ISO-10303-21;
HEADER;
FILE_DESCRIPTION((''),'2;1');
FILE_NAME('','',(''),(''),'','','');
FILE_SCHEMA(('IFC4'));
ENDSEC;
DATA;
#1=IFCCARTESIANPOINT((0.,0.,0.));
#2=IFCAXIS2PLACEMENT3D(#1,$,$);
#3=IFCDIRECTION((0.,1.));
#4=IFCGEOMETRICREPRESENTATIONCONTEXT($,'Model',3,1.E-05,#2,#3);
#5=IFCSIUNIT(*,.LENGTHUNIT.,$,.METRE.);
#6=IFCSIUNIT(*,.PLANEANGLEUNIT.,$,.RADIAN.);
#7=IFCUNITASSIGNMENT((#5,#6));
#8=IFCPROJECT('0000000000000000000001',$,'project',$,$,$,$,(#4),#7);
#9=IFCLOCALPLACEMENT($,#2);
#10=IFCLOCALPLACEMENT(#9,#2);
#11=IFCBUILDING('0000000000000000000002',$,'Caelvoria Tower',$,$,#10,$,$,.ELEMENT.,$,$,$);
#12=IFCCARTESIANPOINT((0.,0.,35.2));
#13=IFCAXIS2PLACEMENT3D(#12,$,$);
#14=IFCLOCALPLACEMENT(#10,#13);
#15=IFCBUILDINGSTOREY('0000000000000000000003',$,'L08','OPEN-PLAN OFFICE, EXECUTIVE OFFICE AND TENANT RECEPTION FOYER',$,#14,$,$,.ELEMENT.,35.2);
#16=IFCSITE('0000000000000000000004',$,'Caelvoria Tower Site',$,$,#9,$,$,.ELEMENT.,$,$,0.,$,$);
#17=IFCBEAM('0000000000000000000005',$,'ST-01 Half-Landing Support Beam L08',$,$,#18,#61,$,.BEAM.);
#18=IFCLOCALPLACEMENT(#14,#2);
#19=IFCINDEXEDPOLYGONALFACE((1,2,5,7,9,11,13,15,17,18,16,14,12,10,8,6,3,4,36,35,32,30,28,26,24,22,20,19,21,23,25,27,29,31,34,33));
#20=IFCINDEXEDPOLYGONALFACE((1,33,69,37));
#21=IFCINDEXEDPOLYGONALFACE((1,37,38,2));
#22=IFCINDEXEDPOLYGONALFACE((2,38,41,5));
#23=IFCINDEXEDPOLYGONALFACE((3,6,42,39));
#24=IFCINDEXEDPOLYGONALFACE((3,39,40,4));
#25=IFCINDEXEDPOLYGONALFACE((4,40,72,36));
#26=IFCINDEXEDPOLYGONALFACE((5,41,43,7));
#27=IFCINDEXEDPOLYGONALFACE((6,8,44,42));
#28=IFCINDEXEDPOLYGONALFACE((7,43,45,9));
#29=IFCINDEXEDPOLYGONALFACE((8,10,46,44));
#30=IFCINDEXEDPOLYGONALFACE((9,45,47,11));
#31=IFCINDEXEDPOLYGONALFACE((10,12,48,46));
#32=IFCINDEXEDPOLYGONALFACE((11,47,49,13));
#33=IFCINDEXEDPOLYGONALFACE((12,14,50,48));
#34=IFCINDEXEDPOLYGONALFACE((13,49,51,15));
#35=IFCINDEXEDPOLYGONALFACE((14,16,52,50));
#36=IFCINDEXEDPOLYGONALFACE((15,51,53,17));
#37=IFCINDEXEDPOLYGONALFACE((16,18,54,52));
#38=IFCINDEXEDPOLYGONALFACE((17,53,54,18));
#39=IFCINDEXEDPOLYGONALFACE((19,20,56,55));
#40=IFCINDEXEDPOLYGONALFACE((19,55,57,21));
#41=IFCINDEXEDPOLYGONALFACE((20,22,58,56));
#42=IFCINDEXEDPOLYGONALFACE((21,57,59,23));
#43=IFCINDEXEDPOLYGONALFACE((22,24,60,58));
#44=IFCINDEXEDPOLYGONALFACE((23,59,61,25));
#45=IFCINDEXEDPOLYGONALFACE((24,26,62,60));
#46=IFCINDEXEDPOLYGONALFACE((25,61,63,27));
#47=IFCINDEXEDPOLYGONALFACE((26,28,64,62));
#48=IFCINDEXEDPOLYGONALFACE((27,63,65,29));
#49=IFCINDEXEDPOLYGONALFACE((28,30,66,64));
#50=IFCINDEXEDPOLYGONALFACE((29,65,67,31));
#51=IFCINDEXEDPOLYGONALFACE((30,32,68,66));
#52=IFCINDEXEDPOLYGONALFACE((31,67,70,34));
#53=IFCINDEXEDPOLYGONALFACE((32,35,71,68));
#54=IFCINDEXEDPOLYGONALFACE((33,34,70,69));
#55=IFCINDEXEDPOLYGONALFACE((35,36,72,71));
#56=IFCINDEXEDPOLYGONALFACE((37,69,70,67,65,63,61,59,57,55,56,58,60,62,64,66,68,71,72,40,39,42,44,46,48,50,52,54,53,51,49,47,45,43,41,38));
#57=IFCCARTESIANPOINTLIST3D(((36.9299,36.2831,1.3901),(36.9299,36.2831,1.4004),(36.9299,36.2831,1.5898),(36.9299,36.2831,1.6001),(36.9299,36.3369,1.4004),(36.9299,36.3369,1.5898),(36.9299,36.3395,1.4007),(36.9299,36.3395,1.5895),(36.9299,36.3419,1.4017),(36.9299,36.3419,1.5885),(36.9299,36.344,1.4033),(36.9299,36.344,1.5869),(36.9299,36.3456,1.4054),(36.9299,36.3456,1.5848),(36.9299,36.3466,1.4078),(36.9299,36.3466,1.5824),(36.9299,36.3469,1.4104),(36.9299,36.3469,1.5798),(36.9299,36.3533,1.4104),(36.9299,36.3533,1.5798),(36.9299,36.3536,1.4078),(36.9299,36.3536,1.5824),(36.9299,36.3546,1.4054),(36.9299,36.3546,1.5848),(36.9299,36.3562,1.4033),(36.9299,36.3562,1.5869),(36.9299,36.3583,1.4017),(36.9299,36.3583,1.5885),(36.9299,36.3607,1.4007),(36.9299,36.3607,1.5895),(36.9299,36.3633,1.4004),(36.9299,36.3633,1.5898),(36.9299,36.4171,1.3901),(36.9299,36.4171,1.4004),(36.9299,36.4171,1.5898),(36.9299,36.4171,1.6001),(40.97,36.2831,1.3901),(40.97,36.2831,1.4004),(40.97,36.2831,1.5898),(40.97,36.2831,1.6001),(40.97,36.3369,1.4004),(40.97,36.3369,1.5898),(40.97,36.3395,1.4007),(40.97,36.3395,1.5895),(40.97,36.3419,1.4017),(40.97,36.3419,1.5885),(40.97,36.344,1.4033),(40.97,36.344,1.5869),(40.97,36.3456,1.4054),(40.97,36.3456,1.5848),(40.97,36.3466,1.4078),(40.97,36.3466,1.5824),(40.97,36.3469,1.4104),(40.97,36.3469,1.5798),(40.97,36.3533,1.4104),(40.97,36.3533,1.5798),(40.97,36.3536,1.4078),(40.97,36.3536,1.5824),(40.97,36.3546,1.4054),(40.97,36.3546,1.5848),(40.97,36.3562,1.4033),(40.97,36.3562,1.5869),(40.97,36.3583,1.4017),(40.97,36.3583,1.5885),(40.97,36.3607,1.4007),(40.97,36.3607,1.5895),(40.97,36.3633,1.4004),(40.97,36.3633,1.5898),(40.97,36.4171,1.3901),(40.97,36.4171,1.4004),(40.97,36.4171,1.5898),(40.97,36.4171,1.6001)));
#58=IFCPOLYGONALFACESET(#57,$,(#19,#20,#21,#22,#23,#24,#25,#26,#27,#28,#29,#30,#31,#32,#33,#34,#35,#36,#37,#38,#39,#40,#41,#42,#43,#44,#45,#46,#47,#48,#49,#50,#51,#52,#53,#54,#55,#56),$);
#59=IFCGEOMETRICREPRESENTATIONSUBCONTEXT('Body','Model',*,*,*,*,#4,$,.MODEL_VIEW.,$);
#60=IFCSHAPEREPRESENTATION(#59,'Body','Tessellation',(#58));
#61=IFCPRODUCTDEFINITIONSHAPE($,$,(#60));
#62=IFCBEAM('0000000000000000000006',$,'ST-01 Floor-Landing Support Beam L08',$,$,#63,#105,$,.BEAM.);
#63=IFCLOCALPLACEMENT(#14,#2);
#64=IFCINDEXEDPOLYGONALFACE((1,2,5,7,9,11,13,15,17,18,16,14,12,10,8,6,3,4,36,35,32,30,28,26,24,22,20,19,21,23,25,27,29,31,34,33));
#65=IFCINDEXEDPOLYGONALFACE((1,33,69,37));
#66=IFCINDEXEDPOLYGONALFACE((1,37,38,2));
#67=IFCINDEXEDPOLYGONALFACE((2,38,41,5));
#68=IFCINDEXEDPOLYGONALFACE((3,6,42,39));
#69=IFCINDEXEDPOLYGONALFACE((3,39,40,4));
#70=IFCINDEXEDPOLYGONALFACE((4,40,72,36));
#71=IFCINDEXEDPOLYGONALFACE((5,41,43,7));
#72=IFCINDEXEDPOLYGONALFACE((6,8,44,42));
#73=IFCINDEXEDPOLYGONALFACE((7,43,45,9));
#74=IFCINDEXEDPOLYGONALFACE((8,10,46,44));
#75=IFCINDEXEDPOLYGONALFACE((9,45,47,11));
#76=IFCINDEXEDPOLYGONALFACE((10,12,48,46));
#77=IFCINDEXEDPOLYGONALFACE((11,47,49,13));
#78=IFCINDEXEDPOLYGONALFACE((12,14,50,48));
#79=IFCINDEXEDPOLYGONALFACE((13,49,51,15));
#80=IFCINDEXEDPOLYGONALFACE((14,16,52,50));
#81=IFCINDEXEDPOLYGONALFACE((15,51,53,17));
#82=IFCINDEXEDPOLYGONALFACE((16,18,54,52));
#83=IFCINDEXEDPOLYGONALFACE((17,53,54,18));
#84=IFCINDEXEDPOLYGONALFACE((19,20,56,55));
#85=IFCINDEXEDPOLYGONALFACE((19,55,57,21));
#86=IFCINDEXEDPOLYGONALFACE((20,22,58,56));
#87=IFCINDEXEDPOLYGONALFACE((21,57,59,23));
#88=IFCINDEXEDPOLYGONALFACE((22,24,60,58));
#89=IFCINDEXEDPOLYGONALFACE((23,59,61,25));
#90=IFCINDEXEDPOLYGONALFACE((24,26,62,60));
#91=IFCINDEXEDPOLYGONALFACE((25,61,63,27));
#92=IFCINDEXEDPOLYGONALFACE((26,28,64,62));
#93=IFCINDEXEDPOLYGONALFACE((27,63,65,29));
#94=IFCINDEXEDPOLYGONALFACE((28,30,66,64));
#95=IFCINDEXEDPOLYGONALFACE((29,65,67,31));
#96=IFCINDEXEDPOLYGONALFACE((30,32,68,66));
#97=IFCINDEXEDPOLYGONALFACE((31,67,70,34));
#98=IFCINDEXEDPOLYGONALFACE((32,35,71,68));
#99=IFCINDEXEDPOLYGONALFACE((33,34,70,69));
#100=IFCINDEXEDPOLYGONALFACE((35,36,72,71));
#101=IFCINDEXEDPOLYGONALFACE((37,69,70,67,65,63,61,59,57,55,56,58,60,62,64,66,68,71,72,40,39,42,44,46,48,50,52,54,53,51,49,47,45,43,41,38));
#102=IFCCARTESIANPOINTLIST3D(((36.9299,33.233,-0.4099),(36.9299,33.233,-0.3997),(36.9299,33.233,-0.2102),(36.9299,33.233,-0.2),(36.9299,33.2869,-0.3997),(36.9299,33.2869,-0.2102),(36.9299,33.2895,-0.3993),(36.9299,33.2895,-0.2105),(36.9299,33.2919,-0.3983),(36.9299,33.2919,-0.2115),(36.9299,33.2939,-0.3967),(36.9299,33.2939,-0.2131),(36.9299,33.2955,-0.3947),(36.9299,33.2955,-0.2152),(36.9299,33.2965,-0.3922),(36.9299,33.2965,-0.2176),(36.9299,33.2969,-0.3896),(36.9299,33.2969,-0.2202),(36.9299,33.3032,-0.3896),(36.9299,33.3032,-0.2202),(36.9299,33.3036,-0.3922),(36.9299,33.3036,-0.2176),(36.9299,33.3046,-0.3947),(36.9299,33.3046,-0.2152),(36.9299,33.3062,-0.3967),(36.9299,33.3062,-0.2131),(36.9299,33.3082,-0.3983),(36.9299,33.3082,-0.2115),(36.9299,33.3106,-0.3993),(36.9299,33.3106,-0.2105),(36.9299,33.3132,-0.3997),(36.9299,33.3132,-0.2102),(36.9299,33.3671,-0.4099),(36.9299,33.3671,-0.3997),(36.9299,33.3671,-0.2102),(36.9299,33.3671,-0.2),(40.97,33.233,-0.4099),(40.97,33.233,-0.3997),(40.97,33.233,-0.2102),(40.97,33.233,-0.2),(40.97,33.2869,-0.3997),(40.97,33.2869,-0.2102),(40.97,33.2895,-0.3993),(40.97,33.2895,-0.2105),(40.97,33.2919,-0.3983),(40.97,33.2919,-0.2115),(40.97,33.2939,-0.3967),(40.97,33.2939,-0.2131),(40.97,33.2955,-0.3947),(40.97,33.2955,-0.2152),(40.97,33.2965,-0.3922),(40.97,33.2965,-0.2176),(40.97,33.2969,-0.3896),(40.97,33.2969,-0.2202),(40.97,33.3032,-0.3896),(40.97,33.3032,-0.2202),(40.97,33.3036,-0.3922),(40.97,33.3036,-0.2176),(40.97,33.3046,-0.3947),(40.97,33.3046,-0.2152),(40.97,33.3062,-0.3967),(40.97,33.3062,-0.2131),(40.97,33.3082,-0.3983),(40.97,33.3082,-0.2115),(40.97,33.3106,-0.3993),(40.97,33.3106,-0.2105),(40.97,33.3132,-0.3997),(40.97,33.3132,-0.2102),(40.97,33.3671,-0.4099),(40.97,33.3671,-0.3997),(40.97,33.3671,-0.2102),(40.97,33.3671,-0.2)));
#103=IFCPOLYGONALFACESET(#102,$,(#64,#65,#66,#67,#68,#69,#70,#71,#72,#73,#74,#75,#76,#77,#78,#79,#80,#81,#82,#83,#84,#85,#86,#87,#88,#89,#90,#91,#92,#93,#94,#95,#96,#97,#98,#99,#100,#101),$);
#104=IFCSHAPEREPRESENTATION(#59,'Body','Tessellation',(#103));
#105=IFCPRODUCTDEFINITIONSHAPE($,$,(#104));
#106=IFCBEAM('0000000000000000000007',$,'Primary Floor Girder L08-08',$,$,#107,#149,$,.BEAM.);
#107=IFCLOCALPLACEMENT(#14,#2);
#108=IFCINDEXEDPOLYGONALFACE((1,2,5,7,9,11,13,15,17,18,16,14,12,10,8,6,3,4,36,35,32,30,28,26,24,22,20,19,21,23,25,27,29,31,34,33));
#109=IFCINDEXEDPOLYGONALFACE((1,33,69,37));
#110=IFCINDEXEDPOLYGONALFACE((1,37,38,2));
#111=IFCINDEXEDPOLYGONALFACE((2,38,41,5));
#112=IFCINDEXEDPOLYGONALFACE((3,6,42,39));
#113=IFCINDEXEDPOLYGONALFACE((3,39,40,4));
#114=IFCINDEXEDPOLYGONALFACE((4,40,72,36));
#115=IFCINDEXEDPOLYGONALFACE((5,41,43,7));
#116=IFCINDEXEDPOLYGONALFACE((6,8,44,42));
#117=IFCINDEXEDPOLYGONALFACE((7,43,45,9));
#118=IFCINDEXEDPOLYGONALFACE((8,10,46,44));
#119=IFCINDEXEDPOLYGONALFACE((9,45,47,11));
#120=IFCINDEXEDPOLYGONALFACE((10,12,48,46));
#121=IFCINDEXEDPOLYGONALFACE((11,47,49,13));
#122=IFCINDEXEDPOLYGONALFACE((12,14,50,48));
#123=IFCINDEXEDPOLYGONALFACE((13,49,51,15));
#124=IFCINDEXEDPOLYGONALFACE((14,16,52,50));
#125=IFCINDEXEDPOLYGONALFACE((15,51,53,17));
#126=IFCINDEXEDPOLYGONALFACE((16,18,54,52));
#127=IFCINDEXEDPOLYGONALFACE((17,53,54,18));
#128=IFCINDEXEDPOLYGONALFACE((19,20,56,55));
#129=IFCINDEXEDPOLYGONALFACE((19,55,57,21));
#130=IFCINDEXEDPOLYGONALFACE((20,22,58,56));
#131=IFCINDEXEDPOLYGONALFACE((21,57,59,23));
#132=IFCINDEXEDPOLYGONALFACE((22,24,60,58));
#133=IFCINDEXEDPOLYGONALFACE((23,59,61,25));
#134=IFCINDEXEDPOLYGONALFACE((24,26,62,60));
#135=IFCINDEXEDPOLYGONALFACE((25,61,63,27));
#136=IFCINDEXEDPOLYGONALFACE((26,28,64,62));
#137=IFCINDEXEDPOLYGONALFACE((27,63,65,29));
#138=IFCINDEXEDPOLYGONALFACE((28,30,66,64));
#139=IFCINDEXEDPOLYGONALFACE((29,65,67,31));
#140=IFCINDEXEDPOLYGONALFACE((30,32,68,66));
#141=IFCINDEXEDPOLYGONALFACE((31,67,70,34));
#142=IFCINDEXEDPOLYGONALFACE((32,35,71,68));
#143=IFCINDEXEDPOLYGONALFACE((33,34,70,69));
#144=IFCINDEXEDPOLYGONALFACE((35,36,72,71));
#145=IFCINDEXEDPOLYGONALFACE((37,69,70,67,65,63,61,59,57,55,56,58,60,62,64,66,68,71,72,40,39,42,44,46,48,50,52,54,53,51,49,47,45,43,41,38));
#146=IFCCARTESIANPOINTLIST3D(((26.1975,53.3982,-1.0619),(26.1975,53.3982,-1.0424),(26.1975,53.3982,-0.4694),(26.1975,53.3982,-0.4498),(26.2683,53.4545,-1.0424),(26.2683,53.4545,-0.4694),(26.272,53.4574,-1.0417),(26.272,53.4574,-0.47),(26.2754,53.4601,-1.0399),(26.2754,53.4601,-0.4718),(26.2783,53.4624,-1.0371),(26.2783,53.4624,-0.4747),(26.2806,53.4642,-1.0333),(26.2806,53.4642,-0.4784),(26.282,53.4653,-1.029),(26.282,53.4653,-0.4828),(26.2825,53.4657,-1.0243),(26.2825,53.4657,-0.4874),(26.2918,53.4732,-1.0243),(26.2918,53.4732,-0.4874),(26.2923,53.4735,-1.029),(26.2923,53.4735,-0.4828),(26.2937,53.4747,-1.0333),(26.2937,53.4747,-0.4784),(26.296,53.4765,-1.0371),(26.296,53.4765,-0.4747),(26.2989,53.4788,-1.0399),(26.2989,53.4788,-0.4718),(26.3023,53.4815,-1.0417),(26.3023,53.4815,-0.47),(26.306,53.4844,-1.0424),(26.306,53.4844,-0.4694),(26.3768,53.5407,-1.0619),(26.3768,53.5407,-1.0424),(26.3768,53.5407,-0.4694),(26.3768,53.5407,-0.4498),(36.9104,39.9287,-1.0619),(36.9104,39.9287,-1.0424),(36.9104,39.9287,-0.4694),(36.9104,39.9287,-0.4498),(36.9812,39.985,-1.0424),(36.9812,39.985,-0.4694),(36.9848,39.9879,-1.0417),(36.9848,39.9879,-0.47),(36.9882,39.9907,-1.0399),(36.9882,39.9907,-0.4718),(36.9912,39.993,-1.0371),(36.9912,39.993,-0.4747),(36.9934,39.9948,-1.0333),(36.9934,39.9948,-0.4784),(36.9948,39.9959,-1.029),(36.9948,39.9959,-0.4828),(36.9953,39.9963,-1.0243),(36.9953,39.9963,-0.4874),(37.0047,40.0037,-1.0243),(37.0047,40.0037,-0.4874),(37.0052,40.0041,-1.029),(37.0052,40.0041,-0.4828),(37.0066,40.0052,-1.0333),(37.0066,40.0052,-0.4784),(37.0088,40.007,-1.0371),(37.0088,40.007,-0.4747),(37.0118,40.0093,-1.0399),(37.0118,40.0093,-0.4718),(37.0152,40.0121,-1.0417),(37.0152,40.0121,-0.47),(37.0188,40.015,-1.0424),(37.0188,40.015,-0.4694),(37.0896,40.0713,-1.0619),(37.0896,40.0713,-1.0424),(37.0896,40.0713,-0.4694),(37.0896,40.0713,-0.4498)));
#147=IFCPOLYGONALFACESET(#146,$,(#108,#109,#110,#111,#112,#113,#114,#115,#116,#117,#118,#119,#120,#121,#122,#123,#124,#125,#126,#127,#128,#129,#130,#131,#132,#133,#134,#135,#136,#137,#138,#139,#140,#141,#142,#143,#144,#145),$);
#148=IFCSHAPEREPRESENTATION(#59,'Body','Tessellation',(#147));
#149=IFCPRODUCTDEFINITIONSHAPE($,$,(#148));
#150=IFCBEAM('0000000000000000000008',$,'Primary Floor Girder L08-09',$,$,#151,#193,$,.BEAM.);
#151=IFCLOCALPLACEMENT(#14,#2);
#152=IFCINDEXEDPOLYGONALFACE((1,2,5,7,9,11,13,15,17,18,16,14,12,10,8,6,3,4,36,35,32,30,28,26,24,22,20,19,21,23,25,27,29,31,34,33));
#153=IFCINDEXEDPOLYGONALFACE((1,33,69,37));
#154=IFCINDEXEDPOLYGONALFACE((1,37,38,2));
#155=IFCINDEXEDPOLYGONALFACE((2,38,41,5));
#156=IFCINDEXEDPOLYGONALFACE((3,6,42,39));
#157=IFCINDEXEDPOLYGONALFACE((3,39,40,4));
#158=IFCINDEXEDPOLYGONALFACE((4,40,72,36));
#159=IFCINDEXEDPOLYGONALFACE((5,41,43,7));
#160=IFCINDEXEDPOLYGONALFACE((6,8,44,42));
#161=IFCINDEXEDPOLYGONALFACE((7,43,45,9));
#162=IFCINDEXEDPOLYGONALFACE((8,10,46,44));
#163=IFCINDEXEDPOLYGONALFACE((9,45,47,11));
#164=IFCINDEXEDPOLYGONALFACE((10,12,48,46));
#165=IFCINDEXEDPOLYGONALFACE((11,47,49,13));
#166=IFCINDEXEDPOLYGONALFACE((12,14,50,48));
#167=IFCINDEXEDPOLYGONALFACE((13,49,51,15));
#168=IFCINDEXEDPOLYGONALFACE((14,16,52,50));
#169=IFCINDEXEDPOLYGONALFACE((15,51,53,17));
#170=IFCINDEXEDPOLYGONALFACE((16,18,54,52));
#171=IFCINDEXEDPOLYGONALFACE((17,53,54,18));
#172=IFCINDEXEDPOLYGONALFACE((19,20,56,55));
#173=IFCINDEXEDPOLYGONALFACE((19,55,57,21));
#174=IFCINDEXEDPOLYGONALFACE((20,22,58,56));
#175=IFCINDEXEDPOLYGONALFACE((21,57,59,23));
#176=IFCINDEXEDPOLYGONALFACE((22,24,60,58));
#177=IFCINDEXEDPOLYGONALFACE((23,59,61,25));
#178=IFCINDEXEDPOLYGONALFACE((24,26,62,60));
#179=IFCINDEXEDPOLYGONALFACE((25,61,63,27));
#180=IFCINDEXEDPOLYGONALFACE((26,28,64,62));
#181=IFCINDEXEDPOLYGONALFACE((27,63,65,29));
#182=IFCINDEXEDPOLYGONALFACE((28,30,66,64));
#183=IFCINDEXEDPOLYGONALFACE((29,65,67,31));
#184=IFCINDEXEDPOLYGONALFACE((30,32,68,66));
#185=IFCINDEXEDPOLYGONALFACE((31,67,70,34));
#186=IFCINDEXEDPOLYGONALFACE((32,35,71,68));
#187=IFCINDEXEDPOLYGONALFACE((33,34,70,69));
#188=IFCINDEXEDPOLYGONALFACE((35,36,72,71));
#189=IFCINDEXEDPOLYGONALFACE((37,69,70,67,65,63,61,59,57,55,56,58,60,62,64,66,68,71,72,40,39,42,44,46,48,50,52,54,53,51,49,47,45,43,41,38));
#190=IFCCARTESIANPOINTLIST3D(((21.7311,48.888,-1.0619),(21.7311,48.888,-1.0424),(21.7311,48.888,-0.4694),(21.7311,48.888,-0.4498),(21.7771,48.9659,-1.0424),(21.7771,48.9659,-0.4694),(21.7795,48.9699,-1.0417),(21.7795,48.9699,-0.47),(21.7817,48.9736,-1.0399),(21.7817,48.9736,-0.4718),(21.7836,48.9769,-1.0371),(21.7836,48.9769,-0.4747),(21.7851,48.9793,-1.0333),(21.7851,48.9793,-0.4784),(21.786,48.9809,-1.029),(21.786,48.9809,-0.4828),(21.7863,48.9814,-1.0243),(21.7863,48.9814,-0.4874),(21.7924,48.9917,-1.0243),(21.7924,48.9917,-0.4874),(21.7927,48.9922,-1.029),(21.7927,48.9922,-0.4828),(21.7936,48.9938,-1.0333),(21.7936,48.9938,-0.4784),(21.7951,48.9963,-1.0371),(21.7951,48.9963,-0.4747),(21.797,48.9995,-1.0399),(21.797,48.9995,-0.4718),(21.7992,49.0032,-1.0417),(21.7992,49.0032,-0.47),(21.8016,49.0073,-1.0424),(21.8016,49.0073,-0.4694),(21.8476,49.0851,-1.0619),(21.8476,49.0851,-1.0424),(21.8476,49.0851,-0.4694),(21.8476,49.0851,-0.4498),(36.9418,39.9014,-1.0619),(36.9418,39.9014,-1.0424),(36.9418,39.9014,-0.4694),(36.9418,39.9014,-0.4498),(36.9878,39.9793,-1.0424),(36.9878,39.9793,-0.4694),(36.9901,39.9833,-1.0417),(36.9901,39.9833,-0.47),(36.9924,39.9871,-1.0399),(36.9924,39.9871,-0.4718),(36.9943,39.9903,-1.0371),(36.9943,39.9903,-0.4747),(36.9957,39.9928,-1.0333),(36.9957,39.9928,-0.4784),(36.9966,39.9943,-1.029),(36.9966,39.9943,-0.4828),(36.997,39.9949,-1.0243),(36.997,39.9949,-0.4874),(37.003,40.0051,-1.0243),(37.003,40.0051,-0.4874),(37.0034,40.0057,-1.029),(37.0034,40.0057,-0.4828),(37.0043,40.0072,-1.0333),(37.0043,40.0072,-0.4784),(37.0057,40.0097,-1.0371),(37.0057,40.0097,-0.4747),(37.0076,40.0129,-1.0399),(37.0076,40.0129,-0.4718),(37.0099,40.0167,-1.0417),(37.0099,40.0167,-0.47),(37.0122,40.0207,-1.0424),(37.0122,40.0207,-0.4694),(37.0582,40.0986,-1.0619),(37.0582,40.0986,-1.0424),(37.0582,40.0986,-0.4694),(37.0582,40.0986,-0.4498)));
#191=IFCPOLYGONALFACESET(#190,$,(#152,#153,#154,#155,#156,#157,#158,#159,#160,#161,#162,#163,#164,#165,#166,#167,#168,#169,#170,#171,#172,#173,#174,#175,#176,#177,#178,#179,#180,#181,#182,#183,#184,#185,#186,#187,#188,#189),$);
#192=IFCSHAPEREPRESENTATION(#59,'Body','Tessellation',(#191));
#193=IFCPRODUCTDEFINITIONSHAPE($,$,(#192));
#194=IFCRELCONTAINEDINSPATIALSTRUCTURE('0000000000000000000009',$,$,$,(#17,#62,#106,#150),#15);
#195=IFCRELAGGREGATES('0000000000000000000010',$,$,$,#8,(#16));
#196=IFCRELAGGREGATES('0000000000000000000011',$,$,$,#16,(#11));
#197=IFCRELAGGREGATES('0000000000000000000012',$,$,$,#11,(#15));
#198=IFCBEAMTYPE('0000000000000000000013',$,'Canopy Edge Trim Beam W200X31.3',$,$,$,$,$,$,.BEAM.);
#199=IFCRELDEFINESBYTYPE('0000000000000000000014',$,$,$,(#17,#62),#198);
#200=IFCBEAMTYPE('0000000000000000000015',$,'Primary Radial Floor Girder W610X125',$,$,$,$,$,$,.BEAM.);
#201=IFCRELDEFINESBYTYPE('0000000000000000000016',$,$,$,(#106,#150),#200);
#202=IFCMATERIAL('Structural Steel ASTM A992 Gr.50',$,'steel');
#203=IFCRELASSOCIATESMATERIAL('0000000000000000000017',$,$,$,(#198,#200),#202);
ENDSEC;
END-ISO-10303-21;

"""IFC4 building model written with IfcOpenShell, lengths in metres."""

from ifc_helpers import new_model, si_unit, direction, frame, origin, origin_2d, place, context, subcontext, project, spatial, i_section, extrude, material, material_profile, profile_set, type_object, element, save


model = new_model("IFC4")

# Units and contexts
model_context = context("Model", 3, precision=1e-05, world=origin(), true_north=direction((0.0, 1.0)))
body_context = subcontext(model_context, "Body", "Model", "MODEL_VIEW")
ifc_project = project(units=[si_unit("LENGTHUNIT", "METRE"), si_unit("PLANEANGLEUNIT", "RADIAN")], contexts=[model_context])

# Site, building, storey
site_placement = place(None, origin())
site = spatial("IfcSite", under=ifc_project, at=site_placement, Name="Caelvoria Tower Site", CompositionType="ELEMENT", RefElevation=0.0)
building_placement = place(site_placement, origin())
building = spatial("IfcBuilding", under=site, at=building_placement, Name="Caelvoria Tower", CompositionType="ELEMENT")
storey_placement = place(building_placement, frame((0.0, 0.0, 35.2)))
storey = spatial("IfcBuildingStorey", under=building, at=storey_placement, Name="L08", Description="OPEN-PLAN OFFICE, EXECUTIVE OFFICE AND TENANT RECEPTION FOYER", CompositionType="ELEMENT", Elevation=35.2)

# Beams
ifc_material_1 = material(Name="Structural Steel ASTM A992 Gr.50", Category="steel")
ifc_material_profile_1 = material_profile(ifc_material_1, i_section(OverallWidth=0.134, OverallDepth=0.21, WebThickness=0.0063, FlangeThickness=0.0103, FilletRadius=0.01, at=origin_2d()), Name="Structural Steel ASTM A992 Gr.50")
ifc_profile_set_1 = profile_set([ifc_material_profile_1], Name="W200X31.3 - Structural Steel ASTM A992 Gr.50")
beam_type_1 = type_object("IfcBeamType", Name="Canopy Edge Trim Beam W200X31.3", PredefinedType="BEAM", material=ifc_profile_set_1)
for number, where, z_axis, x_axis, name in (
    (1, (36.9299, 36.3501, 1.4951), (1.0, 0.0, 0.0), (0.0, 1.0, 0.0), "ST-01 Half-Landing Support Beam L08"),
    (2, (36.9299, 33.3, -0.3049), (1.0, 0.0, 0.0), (0.0, 1.0, 0.0), "ST-01 Floor-Landing Support Beam L08"),
):
    element("IfcBeam", number, at=place(storey_placement, frame(where, z_axis=z_axis, x_axis=x_axis)), inside=storey, type_object=beam_type_1, Name=name, PredefinedType="BEAM", context=body_context, shape_type="SweptSolid", body=[
        extrude(i_section(OverallWidth=0.134, OverallDepth=0.21, WebThickness=0.0063, FlangeThickness=0.0103, FilletRadius=0.01, at=origin_2d()), origin(), (0.0, 0.0, 1.0), 4.04),
    ])
ifc_material_profile_2 = material_profile(ifc_material_1, i_section(OverallWidth=0.229, OverallDepth=0.6121, WebThickness=0.012, FlangeThickness=0.0195, FilletRadius=0.0181, at=origin_2d()), Name="Structural Steel ASTM A992 Gr.50")
ifc_profile_set_2 = profile_set([ifc_material_profile_2], Name="W610X125 - Structural Steel ASTM A992 Gr.50")
beam_type_2 = type_object("IfcBeamType", Name="Primary Radial Floor Girder W610X125", PredefinedType="BEAM", material=ifc_profile_set_2)
beam_1_placement = place(storey_placement, frame((37.0, 40.0, -0.7559), z_axis=(-0.622471, 0.782643, 0.0), x_axis=(-0.782643, -0.622471, 0.0)))
element("IfcBeam", 3, at=beam_1_placement, inside=storey, type_object=beam_type_2, Name="Primary Floor Girder L08-08", PredefinedType="BEAM", context=body_context, shape_type="SweptSolid", body=[
    extrude(i_section(OverallWidth=0.229, OverallDepth=0.6121, WebThickness=0.012, FlangeThickness=0.0195, FilletRadius=0.0181, at=origin_2d()), origin(), (0.0, 0.0, 1.0), 17.2102),
])
beam_2_placement = place(storey_placement, frame((37.0, 40.0, -0.7559), z_axis=(-0.860965, 0.508664, 0.0), x_axis=(-0.508664, -0.860965, 0.0)))
element("IfcBeam", 4, at=beam_2_placement, inside=storey, type_object=beam_type_2, Name="Primary Floor Girder L08-09", PredefinedType="BEAM", context=body_context, shape_type="SweptSolid", body=[
    extrude(i_section(OverallWidth=0.229, OverallDepth=0.6121, WebThickness=0.012, FlangeThickness=0.0195, FilletRadius=0.0181, at=origin_2d()), origin(), (0.0, 0.0, 1.0), 17.667),
])

save(model, "model.ifc")
